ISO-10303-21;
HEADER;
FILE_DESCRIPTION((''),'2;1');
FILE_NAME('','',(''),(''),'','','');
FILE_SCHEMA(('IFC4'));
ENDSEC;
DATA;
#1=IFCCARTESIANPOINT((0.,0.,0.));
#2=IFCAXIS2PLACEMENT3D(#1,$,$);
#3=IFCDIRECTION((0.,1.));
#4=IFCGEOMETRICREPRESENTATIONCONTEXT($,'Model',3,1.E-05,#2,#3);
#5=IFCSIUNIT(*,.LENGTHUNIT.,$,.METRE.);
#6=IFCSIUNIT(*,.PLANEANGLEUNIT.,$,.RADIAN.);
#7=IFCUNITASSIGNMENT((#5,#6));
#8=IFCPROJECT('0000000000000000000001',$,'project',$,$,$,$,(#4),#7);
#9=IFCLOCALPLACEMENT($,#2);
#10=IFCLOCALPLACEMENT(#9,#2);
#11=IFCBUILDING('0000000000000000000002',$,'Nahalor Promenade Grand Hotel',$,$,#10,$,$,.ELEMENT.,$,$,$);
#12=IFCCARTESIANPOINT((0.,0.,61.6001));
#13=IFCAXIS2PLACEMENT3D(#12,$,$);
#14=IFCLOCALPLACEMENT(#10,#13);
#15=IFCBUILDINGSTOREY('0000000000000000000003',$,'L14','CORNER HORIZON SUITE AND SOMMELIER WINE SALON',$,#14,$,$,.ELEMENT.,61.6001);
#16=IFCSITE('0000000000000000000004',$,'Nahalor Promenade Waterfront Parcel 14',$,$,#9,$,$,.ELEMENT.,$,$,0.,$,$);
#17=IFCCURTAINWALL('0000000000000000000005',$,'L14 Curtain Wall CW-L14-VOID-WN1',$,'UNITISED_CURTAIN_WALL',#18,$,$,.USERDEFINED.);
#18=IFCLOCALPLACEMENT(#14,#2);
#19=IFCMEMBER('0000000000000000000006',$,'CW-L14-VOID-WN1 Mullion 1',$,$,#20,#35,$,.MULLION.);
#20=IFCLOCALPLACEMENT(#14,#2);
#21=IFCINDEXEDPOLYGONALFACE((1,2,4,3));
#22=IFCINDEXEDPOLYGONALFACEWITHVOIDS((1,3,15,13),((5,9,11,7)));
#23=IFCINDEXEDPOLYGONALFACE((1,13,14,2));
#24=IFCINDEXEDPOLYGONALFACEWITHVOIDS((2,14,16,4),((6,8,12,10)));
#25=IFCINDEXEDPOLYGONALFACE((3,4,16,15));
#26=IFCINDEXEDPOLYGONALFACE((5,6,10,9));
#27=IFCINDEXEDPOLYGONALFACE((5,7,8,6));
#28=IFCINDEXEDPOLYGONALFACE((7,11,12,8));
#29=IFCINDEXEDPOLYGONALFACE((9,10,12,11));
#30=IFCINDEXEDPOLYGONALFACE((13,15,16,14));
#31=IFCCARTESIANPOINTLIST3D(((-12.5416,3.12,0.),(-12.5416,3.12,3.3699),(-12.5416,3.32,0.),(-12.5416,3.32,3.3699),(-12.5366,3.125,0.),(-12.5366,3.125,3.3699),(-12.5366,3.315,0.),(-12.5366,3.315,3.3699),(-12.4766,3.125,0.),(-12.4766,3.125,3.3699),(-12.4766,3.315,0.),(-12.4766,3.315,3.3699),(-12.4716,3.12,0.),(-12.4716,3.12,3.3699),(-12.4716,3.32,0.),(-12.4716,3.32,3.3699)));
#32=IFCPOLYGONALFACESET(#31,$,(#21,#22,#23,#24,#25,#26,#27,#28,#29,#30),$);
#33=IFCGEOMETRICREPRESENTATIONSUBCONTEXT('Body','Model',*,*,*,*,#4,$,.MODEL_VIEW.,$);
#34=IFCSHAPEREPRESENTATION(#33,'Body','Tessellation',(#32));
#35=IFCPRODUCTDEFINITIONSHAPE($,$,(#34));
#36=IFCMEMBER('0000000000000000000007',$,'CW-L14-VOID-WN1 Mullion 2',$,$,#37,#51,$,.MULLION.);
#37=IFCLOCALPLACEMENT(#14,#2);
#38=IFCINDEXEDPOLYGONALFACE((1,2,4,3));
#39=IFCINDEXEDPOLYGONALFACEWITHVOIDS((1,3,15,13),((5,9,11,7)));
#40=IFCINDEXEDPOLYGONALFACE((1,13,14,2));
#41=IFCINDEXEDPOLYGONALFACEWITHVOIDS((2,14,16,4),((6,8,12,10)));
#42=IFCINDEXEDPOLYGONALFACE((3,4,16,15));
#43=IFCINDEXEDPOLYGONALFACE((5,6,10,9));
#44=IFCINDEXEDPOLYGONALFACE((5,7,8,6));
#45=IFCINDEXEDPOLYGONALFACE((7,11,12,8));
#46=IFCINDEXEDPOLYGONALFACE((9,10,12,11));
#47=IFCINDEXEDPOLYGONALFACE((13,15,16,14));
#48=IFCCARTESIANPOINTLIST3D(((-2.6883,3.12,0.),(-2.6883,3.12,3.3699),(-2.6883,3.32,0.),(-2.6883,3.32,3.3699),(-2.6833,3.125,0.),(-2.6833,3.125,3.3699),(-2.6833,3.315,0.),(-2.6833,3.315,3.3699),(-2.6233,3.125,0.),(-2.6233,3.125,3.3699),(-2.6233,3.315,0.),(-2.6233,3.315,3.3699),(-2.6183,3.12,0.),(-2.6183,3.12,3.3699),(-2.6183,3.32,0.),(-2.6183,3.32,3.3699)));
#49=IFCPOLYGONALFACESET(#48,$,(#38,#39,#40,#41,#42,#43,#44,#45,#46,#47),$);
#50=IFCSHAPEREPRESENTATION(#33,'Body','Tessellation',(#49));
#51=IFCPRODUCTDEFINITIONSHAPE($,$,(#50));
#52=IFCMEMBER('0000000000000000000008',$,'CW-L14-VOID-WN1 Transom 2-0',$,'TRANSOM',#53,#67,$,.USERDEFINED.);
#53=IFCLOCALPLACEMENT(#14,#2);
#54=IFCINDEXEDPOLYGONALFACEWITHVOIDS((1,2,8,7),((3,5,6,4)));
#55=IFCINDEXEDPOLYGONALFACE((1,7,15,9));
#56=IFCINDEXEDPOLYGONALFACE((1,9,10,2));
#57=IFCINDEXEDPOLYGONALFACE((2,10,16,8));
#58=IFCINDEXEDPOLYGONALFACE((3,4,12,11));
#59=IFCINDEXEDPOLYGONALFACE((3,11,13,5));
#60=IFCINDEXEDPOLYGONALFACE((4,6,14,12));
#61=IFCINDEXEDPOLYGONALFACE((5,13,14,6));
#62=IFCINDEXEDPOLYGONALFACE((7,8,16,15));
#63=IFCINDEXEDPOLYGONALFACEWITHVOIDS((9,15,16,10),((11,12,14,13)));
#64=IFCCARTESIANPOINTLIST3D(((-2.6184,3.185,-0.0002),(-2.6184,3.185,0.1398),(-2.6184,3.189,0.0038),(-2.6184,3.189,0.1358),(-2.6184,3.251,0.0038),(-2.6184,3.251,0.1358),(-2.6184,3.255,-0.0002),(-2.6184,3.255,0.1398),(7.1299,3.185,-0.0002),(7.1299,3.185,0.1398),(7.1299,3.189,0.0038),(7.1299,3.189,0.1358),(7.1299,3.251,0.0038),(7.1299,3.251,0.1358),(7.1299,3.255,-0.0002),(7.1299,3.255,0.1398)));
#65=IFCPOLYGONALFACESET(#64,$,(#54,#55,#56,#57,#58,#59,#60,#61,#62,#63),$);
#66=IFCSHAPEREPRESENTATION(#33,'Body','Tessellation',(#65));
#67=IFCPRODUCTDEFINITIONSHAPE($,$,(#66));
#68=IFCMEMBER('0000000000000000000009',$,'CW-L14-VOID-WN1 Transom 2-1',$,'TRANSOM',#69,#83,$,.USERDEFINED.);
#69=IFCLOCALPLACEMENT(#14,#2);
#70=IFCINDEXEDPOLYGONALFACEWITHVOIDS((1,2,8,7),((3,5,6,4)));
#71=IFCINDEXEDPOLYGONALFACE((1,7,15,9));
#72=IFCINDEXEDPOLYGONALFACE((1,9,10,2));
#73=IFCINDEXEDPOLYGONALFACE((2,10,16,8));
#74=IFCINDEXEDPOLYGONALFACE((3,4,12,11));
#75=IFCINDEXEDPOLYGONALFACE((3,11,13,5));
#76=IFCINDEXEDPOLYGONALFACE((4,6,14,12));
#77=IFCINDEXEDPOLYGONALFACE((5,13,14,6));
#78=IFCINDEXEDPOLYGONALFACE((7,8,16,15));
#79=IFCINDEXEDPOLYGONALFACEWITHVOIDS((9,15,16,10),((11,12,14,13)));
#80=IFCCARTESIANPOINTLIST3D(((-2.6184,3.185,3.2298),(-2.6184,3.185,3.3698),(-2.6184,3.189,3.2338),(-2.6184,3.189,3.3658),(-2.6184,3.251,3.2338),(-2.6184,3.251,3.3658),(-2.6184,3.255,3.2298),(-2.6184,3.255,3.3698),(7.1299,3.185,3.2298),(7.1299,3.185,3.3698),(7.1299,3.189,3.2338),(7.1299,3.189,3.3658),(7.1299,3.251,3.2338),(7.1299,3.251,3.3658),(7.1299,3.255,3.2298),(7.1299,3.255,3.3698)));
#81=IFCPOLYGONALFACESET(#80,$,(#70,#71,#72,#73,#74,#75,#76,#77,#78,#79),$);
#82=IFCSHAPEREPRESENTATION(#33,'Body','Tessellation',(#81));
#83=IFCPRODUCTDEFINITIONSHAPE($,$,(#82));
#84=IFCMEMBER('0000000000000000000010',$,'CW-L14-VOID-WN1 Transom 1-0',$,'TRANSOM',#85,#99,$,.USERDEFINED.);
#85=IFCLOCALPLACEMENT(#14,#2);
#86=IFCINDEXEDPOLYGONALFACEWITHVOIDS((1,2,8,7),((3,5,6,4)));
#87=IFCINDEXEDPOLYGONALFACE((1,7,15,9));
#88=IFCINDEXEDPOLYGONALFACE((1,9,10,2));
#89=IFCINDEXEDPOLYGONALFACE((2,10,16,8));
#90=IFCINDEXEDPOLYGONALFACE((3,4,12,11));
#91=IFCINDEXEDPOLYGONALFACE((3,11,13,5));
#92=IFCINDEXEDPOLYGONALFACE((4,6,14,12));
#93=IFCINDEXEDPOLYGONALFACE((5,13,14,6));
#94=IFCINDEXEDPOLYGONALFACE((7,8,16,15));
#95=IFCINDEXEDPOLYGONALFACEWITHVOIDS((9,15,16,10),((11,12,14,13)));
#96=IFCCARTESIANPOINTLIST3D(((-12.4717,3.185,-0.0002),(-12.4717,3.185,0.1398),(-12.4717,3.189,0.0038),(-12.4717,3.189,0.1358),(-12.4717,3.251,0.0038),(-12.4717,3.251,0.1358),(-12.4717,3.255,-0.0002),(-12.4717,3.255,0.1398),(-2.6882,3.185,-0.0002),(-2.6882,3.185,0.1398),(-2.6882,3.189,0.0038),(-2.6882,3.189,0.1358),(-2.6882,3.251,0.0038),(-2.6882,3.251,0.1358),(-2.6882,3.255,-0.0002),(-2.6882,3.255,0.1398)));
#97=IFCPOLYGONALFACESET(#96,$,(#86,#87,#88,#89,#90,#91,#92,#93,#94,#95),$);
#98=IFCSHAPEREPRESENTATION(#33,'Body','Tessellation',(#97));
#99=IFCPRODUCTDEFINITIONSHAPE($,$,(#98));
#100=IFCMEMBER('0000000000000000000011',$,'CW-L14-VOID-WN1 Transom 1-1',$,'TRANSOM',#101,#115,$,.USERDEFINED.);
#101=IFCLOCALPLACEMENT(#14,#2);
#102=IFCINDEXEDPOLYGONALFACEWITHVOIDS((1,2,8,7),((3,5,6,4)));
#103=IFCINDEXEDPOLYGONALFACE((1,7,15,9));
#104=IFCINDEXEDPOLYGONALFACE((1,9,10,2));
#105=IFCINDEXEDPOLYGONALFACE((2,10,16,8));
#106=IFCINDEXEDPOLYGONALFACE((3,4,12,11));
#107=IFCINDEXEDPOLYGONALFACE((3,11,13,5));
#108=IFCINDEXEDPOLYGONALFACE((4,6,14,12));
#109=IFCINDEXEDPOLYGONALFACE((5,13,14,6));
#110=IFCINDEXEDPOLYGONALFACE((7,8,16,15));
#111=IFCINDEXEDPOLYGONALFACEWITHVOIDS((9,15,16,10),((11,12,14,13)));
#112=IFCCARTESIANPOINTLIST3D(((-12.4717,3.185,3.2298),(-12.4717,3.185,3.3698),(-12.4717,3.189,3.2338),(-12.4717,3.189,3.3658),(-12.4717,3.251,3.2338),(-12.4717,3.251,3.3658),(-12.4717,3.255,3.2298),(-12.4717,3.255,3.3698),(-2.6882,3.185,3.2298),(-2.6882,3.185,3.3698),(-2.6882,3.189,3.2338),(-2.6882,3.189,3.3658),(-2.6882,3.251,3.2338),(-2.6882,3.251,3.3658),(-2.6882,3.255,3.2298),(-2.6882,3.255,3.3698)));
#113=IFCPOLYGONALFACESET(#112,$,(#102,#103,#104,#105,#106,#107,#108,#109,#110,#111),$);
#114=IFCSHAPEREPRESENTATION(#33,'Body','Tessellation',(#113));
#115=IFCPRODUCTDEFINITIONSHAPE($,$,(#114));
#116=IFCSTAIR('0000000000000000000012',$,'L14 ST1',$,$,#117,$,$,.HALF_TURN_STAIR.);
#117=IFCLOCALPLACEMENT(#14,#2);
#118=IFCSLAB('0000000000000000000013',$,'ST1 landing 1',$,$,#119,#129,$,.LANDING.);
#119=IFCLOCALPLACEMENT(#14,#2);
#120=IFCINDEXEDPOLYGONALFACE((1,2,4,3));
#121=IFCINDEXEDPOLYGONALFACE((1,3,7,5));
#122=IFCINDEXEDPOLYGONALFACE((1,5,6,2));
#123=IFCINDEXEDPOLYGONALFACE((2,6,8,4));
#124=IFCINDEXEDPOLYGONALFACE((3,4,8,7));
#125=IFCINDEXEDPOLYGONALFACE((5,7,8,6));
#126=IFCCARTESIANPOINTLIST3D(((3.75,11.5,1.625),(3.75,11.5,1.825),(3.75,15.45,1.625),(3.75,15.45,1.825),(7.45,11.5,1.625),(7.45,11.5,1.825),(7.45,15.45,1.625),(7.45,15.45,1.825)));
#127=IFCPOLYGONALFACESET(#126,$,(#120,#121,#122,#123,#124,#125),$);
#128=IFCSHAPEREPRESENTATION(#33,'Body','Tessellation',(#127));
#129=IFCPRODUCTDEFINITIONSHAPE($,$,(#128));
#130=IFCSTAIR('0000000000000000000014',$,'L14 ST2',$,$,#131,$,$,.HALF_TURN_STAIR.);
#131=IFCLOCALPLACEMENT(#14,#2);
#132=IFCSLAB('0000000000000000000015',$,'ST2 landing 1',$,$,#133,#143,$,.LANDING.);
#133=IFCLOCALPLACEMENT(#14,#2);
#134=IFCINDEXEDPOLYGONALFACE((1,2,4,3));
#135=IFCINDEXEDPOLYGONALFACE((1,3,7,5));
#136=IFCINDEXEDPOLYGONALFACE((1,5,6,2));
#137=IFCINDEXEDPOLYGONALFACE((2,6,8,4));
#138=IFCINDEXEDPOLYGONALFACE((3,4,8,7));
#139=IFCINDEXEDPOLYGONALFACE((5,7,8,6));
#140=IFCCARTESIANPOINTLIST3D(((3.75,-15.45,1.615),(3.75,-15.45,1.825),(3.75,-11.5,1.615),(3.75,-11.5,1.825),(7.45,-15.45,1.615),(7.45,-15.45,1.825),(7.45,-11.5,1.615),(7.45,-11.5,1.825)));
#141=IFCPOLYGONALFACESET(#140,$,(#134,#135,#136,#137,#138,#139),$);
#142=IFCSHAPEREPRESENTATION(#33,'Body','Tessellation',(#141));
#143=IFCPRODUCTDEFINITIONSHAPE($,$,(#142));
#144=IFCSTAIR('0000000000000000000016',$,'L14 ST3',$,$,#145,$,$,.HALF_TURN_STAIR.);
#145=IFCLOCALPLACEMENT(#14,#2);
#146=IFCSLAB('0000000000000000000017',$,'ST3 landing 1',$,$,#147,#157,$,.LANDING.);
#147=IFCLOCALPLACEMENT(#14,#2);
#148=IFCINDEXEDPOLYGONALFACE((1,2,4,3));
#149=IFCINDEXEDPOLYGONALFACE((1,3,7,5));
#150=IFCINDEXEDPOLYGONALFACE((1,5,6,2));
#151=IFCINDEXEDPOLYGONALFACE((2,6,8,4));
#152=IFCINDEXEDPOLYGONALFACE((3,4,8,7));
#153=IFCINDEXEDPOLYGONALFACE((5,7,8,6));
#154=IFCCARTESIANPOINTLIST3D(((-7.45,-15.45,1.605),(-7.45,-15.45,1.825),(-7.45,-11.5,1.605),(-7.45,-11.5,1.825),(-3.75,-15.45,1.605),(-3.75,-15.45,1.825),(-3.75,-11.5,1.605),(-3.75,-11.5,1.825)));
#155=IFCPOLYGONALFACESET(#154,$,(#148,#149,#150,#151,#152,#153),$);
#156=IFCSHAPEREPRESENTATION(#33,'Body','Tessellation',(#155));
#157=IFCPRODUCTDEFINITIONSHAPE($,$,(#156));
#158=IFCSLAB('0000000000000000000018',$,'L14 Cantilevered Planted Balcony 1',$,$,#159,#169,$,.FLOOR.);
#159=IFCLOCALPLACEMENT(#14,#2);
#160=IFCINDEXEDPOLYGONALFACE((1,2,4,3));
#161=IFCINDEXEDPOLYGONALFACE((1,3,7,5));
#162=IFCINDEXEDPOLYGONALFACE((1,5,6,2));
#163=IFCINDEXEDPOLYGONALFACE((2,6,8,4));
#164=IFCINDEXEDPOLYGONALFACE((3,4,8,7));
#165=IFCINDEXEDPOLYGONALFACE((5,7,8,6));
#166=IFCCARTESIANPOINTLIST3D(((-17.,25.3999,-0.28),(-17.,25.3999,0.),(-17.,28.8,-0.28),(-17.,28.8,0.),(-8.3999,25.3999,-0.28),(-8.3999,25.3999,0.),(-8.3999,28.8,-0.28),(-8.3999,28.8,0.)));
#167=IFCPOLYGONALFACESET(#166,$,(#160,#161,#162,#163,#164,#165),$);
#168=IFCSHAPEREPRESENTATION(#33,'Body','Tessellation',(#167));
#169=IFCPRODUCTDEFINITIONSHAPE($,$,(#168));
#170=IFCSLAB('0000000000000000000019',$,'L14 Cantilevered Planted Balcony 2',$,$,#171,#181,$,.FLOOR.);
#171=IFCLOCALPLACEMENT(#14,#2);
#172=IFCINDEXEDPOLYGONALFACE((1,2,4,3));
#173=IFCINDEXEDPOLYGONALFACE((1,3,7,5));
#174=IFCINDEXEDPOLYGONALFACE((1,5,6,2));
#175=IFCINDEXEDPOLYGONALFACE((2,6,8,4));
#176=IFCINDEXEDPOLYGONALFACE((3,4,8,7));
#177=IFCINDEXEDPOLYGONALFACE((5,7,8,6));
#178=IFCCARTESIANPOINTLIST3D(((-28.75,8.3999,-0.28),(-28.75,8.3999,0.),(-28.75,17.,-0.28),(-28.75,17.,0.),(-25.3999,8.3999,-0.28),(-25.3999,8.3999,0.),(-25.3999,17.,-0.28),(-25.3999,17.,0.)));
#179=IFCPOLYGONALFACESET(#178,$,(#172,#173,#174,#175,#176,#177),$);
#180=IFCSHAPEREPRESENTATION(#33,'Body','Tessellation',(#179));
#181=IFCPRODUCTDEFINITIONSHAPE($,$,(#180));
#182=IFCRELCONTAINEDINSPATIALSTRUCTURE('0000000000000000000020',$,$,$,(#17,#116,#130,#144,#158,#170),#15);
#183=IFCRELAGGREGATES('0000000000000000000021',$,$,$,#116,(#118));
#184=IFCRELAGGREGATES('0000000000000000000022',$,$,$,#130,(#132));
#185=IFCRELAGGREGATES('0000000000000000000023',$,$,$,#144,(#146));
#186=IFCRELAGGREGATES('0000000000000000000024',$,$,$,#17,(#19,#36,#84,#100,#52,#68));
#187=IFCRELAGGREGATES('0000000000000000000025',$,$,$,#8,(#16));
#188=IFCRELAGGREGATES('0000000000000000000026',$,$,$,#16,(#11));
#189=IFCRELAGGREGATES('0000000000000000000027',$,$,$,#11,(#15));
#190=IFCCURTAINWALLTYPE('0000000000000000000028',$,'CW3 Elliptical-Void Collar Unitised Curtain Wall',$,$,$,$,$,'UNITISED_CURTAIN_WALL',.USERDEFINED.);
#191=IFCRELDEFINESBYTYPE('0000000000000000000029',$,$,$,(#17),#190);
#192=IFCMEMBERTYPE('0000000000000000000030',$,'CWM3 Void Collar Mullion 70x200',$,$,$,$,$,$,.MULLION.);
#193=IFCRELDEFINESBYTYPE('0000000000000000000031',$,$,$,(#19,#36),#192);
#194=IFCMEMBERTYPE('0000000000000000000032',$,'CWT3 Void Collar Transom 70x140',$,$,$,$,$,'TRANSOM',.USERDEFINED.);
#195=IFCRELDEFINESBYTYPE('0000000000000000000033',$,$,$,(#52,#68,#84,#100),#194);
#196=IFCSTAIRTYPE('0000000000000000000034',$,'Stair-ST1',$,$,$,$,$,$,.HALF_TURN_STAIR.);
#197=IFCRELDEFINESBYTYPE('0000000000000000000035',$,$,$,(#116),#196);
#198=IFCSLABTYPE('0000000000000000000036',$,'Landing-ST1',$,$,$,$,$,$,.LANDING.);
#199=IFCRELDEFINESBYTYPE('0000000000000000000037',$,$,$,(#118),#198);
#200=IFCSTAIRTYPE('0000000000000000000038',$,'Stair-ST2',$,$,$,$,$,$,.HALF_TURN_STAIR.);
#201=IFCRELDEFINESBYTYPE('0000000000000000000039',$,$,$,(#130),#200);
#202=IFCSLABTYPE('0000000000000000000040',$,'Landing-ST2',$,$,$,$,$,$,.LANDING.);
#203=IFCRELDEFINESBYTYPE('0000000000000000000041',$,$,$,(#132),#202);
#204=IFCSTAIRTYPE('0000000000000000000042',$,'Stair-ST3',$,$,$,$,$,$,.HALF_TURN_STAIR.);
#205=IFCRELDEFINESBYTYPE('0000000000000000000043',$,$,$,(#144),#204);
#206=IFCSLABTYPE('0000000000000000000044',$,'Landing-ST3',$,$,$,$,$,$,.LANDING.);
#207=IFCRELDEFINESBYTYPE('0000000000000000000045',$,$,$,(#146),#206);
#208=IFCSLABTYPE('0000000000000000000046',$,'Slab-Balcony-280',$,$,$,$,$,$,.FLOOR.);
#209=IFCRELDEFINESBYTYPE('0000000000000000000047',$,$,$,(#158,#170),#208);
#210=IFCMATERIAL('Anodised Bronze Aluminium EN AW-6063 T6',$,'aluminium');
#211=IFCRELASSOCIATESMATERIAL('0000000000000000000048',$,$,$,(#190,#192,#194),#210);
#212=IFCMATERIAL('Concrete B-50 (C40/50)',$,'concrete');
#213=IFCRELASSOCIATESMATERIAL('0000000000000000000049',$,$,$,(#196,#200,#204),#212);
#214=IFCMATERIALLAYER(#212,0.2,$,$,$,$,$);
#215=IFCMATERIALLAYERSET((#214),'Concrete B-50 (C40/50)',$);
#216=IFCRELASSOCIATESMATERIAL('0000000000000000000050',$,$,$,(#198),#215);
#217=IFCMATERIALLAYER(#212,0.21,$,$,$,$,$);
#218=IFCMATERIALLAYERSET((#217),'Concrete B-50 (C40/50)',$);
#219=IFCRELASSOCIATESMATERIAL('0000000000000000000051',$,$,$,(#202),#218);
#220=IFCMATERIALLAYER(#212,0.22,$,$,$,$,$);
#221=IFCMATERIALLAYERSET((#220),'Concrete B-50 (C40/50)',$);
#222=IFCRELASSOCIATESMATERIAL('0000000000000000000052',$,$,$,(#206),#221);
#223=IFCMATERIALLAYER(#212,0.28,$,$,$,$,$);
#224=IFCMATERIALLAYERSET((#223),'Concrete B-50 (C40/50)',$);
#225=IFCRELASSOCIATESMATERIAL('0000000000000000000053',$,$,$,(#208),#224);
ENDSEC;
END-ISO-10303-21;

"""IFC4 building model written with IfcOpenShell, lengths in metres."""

from ifc_helpers import new_model, si_unit, direction, frame, origin, origin_2d, place, context, subcontext, project, spatial, polyline, hollow_rectangle, outline, extrude, source, transform, mapped, material, layer, layer_set, material_profile, profile_set, type_object, element, aggregate, save


model = new_model("IFC4")

# Units and contexts
model_context = context("Model", 3, precision=1e-05, world=origin(), true_north=direction((0.0, 1.0)))
body_context = subcontext(model_context, "Body", "Model", "MODEL_VIEW")
ifc_project = project(units=[si_unit("LENGTHUNIT", "METRE"), si_unit("PLANEANGLEUNIT", "RADIAN")], contexts=[model_context])

# Site, building, storey
site_placement = place(None, origin())
site = spatial("IfcSite", under=ifc_project, at=site_placement, Name="Nahalor Promenade Waterfront Parcel 14", CompositionType="ELEMENT", RefElevation=0.0)
building_placement = place(site_placement, origin())
building = spatial("IfcBuilding", under=site, at=building_placement, Name="Nahalor Promenade Grand Hotel", CompositionType="ELEMENT")
storey_placement = place(building_placement, frame((0.0, 0.0, 61.6001)))
storey = spatial("IfcBuildingStorey", under=building, at=storey_placement, Name="L14", Description="CORNER HORIZON SUITE AND SOMMELIER WINE SALON", CompositionType="ELEMENT", Elevation=61.6001)

# Curtain wall, members
ifc_material_1 = material(Name="Anodised Bronze Aluminium EN AW-6063 T6", Category="aluminium")
curtain_wall_type = type_object("IfcCurtainWallType", Name="CW3 Elliptical-Void Collar Unitised Curtain Wall", ElementType="UNITISED_CURTAIN_WALL", PredefinedType="USERDEFINED", material=ifc_material_1)
curtain_wall_placement = place(storey_placement, origin())
curtain_wall = element("IfcCurtainWall", 1, at=curtain_wall_placement, inside=storey, type_object=curtain_wall_type, Name="L14 Curtain Wall CW-L14-VOID-WN1", ObjectType="UNITISED_CURTAIN_WALL", PredefinedType="USERDEFINED")
ifc_material_profile_1 = material_profile(ifc_material_1, hollow_rectangle(XDim=0.07, YDim=0.2, WallThickness=0.005, at=origin_2d()), Name="CWM 70x200x5")
ifc_profile_set_1 = profile_set([ifc_material_profile_1], Name="Anodised Bronze Aluminium EN AW-6063 T6")
member_type_1 = type_object("IfcMemberType", Name="CWM3 Void Collar Mullion 70x200", PredefinedType="MULLION", material=ifc_profile_set_1)
shared_shape_1 = source(origin(), body_context, "Body", "SweptSolid", [
    extrude(hollow_rectangle(XDim=0.07, YDim=0.2, WallThickness=0.005, at=origin_2d()), origin(), (0.0, 0.0, 1.0), 3.3699),
])
member_1_placement = place(storey_placement, frame((-12.5066, 3.22, 0.0), z_axis=(0.0, 0.0, 1.0), x_axis=(1.0, 0.0, 0.0)))
member_1 = element("IfcMember", 2, at=member_1_placement, type_object=member_type_1, Name="CW-L14-VOID-WN1 Mullion 1", PredefinedType="MULLION", context=body_context, shape_type="MappedRepresentation", body=[
    mapped(shared_shape_1, transform((0.0, 0.0, 0.0), scale=1.0)),
])
member_2_placement = place(storey_placement, frame((-2.6533, 3.22, 0.0), z_axis=(0.0, 0.0, 1.0), x_axis=(1.0, 0.0, 0.0)))
member_2 = element("IfcMember", 3, at=member_2_placement, type_object=member_type_1, Name="CW-L14-VOID-WN1 Mullion 2", PredefinedType="MULLION", context=body_context, shape_type="MappedRepresentation", body=[
    mapped(shared_shape_1, transform((0.0, 0.0, 0.0), scale=1.0)),
])
ifc_material_profile_2 = material_profile(ifc_material_1, hollow_rectangle(XDim=0.07, YDim=0.14, WallThickness=0.004, at=origin_2d()), Name="CWT 70x140x4")
ifc_profile_set_2 = profile_set([ifc_material_profile_2], Name="Anodised Bronze Aluminium EN AW-6063 T6")
member_type_2 = type_object("IfcMemberType", Name="CWT3 Void Collar Transom 70x140", ElementType="TRANSOM", PredefinedType="USERDEFINED", material=ifc_profile_set_2)
shared_shape_2 = source(origin(), body_context, "Body", "SweptSolid", [
    extrude(hollow_rectangle(XDim=0.07, YDim=0.14, WallThickness=0.004, at=origin_2d()), origin(), (0.0, 0.0, 1.0), 9.7483),
])
member_3_placement = place(storey_placement, frame((-2.6184, 3.22, 0.0698), z_axis=(1.0, 0.0, 0.0), x_axis=(0.0, 1.0, 0.0)))
member_3 = element("IfcMember", 4, at=member_3_placement, type_object=member_type_2, Name="CW-L14-VOID-WN1 Transom 2-0", ObjectType="TRANSOM", PredefinedType="USERDEFINED", context=body_context, shape_type="MappedRepresentation", body=[
    mapped(shared_shape_2, transform((0.0, 0.0, 0.0), scale=1.0)),
])
member_4_placement = place(storey_placement, frame((-2.6184, 3.22, 3.2998), z_axis=(1.0, 0.0, 0.0), x_axis=(0.0, 1.0, 0.0)))
member_4 = element("IfcMember", 5, at=member_4_placement, type_object=member_type_2, Name="CW-L14-VOID-WN1 Transom 2-1", ObjectType="TRANSOM", PredefinedType="USERDEFINED", context=body_context, shape_type="MappedRepresentation", body=[
    mapped(shared_shape_2, transform((0.0, 0.0, 0.0), scale=1.0)),
])
shared_shape_3 = source(origin(), body_context, "Body", "SweptSolid", [
    extrude(hollow_rectangle(XDim=0.07, YDim=0.14, WallThickness=0.004, at=origin_2d()), origin(), (0.0, 0.0, 1.0), 9.7834),
])
member_5_placement = place(storey_placement, frame((-12.4717, 3.22, 0.0698), z_axis=(1.0, 0.0, 0.0), x_axis=(0.0, 1.0, 0.0)))
member_5 = element("IfcMember", 6, at=member_5_placement, type_object=member_type_2, Name="CW-L14-VOID-WN1 Transom 1-0", ObjectType="TRANSOM", PredefinedType="USERDEFINED", context=body_context, shape_type="MappedRepresentation", body=[
    mapped(shared_shape_3, transform((0.0, 0.0, 0.0), scale=1.0)),
])
member_6_placement = place(storey_placement, frame((-12.4717, 3.22, 3.2998), z_axis=(1.0, 0.0, 0.0), x_axis=(0.0, 1.0, 0.0)))
member_6 = element("IfcMember", 7, at=member_6_placement, type_object=member_type_2, Name="CW-L14-VOID-WN1 Transom 1-1", ObjectType="TRANSOM", PredefinedType="USERDEFINED", context=body_context, shape_type="MappedRepresentation", body=[
    mapped(shared_shape_3, transform((0.0, 0.0, 0.0), scale=1.0)),
])

# Stairs, slabs
ifc_material_2 = material(Name="Concrete B-50 (C40/50)", Category="concrete")
stair_type_1 = type_object("IfcStairType", Name="Stair-ST1", PredefinedType="HALF_TURN_STAIR", material=ifc_material_2)
stair_1_placement = place(storey_placement, origin())
stair_1 = element("IfcStair", 8, at=stair_1_placement, inside=storey, type_object=stair_type_1, Name="L14 ST1", PredefinedType="HALF_TURN_STAIR")
ifc_layer_1 = layer(ifc_material_2, 0.2)
ifc_layer_set_1 = layer_set([ifc_layer_1], Name="Concrete B-50 (C40/50)")
slab_type_1 = type_object("IfcSlabType", Name="Landing-ST1", PredefinedType="LANDING", material=ifc_layer_set_1)
slab_1_placement = place(storey_placement, frame((0.0, 0.0, 1.625)))
slab_1 = element("IfcSlab", 9, at=slab_1_placement, type_object=slab_type_1, Name="ST1 landing 1", PredefinedType="LANDING", context=body_context, shape_type="SweptSolid", body=[
    extrude(outline(polyline([(7.45, 11.5), (7.45, 15.45), (3.75, 15.45), (3.75, 11.5), (7.45, 11.5)])), origin(), (0.0, 0.0, 1.0), 0.2),
])
aggregate(stair_1, [slab_1])
stair_type_2 = type_object("IfcStairType", Name="Stair-ST2", PredefinedType="HALF_TURN_STAIR", material=ifc_material_2)
stair_2_placement = place(storey_placement, origin())
stair_2 = element("IfcStair", 10, at=stair_2_placement, inside=storey, type_object=stair_type_2, Name="L14 ST2", PredefinedType="HALF_TURN_STAIR")
ifc_layer_2 = layer(ifc_material_2, 0.21)
ifc_layer_set_2 = layer_set([ifc_layer_2], Name="Concrete B-50 (C40/50)")
slab_type_2 = type_object("IfcSlabType", Name="Landing-ST2", PredefinedType="LANDING", material=ifc_layer_set_2)
slab_2_placement = place(storey_placement, frame((0.0, 0.0, 1.615)))
slab_2 = element("IfcSlab", 11, at=slab_2_placement, type_object=slab_type_2, Name="ST2 landing 1", PredefinedType="LANDING", context=body_context, shape_type="SweptSolid", body=[
    extrude(outline(polyline([(3.75, -11.5), (3.75, -15.45), (7.45, -15.45), (7.45, -11.5), (3.75, -11.5)])), origin(), (0.0, 0.0, 1.0), 0.21),
])
aggregate(stair_2, [slab_2])
stair_type_3 = type_object("IfcStairType", Name="Stair-ST3", PredefinedType="HALF_TURN_STAIR", material=ifc_material_2)
stair_3_placement = place(storey_placement, origin())
stair_3 = element("IfcStair", 12, at=stair_3_placement, inside=storey, type_object=stair_type_3, Name="L14 ST3", PredefinedType="HALF_TURN_STAIR")
ifc_layer_3 = layer(ifc_material_2, 0.22)
ifc_layer_set_3 = layer_set([ifc_layer_3], Name="Concrete B-50 (C40/50)")
slab_type_3 = type_object("IfcSlabType", Name="Landing-ST3", PredefinedType="LANDING", material=ifc_layer_set_3)
slab_3_placement = place(storey_placement, frame((0.0, 0.0, 1.605)))
slab_3 = element("IfcSlab", 13, at=slab_3_placement, type_object=slab_type_3, Name="ST3 landing 1", PredefinedType="LANDING", context=body_context, shape_type="SweptSolid", body=[
    extrude(outline(polyline([(-7.45, -11.5), (-7.45, -15.45), (-3.75, -15.45), (-3.75, -11.5), (-7.45, -11.5)])), origin(), (0.0, 0.0, 1.0), 0.22),
])
aggregate(stair_3, [slab_3])

# Slabs
ifc_layer_4 = layer(ifc_material_2, 0.28)
ifc_layer_set_4 = layer_set([ifc_layer_4], Name="Concrete B-50 (C40/50)")
slab_type_4 = type_object("IfcSlabType", Name="Slab-Balcony-280", PredefinedType="FLOOR", material=ifc_layer_set_4)
slab_4_placement = place(storey_placement, frame((0.0, 0.0, -0.28)))
element("IfcSlab", 14, at=slab_4_placement, inside=storey, type_object=slab_type_4, Name="L14 Cantilevered Planted Balcony 1", PredefinedType="FLOOR", context=body_context, shape_type="SweptSolid", body=[
    extrude(outline(polyline([(-17.0, 25.3999), (-8.3999, 25.3999), (-8.3999, 28.8), (-17.0, 28.8), (-17.0, 25.3999)])), origin(), (0.0, 0.0, 1.0), 0.28),
])
slab_5_placement = place(storey_placement, frame((0.0, 0.0, -0.28)))
element("IfcSlab", 15, at=slab_5_placement, inside=storey, type_object=slab_type_4, Name="L14 Cantilevered Planted Balcony 2", PredefinedType="FLOOR", context=body_context, shape_type="SweptSolid", body=[
    extrude(outline(polyline([(-28.75, 8.3999), (-25.3999, 8.3999), (-25.3999, 17.0), (-28.75, 17.0), (-28.75, 8.3999)])), origin(), (0.0, 0.0, 1.0), 0.28),
])

aggregate(curtain_wall, [member_1, member_2, member_5, member_6, member_3, member_4])

save(model, "model.ifc")
